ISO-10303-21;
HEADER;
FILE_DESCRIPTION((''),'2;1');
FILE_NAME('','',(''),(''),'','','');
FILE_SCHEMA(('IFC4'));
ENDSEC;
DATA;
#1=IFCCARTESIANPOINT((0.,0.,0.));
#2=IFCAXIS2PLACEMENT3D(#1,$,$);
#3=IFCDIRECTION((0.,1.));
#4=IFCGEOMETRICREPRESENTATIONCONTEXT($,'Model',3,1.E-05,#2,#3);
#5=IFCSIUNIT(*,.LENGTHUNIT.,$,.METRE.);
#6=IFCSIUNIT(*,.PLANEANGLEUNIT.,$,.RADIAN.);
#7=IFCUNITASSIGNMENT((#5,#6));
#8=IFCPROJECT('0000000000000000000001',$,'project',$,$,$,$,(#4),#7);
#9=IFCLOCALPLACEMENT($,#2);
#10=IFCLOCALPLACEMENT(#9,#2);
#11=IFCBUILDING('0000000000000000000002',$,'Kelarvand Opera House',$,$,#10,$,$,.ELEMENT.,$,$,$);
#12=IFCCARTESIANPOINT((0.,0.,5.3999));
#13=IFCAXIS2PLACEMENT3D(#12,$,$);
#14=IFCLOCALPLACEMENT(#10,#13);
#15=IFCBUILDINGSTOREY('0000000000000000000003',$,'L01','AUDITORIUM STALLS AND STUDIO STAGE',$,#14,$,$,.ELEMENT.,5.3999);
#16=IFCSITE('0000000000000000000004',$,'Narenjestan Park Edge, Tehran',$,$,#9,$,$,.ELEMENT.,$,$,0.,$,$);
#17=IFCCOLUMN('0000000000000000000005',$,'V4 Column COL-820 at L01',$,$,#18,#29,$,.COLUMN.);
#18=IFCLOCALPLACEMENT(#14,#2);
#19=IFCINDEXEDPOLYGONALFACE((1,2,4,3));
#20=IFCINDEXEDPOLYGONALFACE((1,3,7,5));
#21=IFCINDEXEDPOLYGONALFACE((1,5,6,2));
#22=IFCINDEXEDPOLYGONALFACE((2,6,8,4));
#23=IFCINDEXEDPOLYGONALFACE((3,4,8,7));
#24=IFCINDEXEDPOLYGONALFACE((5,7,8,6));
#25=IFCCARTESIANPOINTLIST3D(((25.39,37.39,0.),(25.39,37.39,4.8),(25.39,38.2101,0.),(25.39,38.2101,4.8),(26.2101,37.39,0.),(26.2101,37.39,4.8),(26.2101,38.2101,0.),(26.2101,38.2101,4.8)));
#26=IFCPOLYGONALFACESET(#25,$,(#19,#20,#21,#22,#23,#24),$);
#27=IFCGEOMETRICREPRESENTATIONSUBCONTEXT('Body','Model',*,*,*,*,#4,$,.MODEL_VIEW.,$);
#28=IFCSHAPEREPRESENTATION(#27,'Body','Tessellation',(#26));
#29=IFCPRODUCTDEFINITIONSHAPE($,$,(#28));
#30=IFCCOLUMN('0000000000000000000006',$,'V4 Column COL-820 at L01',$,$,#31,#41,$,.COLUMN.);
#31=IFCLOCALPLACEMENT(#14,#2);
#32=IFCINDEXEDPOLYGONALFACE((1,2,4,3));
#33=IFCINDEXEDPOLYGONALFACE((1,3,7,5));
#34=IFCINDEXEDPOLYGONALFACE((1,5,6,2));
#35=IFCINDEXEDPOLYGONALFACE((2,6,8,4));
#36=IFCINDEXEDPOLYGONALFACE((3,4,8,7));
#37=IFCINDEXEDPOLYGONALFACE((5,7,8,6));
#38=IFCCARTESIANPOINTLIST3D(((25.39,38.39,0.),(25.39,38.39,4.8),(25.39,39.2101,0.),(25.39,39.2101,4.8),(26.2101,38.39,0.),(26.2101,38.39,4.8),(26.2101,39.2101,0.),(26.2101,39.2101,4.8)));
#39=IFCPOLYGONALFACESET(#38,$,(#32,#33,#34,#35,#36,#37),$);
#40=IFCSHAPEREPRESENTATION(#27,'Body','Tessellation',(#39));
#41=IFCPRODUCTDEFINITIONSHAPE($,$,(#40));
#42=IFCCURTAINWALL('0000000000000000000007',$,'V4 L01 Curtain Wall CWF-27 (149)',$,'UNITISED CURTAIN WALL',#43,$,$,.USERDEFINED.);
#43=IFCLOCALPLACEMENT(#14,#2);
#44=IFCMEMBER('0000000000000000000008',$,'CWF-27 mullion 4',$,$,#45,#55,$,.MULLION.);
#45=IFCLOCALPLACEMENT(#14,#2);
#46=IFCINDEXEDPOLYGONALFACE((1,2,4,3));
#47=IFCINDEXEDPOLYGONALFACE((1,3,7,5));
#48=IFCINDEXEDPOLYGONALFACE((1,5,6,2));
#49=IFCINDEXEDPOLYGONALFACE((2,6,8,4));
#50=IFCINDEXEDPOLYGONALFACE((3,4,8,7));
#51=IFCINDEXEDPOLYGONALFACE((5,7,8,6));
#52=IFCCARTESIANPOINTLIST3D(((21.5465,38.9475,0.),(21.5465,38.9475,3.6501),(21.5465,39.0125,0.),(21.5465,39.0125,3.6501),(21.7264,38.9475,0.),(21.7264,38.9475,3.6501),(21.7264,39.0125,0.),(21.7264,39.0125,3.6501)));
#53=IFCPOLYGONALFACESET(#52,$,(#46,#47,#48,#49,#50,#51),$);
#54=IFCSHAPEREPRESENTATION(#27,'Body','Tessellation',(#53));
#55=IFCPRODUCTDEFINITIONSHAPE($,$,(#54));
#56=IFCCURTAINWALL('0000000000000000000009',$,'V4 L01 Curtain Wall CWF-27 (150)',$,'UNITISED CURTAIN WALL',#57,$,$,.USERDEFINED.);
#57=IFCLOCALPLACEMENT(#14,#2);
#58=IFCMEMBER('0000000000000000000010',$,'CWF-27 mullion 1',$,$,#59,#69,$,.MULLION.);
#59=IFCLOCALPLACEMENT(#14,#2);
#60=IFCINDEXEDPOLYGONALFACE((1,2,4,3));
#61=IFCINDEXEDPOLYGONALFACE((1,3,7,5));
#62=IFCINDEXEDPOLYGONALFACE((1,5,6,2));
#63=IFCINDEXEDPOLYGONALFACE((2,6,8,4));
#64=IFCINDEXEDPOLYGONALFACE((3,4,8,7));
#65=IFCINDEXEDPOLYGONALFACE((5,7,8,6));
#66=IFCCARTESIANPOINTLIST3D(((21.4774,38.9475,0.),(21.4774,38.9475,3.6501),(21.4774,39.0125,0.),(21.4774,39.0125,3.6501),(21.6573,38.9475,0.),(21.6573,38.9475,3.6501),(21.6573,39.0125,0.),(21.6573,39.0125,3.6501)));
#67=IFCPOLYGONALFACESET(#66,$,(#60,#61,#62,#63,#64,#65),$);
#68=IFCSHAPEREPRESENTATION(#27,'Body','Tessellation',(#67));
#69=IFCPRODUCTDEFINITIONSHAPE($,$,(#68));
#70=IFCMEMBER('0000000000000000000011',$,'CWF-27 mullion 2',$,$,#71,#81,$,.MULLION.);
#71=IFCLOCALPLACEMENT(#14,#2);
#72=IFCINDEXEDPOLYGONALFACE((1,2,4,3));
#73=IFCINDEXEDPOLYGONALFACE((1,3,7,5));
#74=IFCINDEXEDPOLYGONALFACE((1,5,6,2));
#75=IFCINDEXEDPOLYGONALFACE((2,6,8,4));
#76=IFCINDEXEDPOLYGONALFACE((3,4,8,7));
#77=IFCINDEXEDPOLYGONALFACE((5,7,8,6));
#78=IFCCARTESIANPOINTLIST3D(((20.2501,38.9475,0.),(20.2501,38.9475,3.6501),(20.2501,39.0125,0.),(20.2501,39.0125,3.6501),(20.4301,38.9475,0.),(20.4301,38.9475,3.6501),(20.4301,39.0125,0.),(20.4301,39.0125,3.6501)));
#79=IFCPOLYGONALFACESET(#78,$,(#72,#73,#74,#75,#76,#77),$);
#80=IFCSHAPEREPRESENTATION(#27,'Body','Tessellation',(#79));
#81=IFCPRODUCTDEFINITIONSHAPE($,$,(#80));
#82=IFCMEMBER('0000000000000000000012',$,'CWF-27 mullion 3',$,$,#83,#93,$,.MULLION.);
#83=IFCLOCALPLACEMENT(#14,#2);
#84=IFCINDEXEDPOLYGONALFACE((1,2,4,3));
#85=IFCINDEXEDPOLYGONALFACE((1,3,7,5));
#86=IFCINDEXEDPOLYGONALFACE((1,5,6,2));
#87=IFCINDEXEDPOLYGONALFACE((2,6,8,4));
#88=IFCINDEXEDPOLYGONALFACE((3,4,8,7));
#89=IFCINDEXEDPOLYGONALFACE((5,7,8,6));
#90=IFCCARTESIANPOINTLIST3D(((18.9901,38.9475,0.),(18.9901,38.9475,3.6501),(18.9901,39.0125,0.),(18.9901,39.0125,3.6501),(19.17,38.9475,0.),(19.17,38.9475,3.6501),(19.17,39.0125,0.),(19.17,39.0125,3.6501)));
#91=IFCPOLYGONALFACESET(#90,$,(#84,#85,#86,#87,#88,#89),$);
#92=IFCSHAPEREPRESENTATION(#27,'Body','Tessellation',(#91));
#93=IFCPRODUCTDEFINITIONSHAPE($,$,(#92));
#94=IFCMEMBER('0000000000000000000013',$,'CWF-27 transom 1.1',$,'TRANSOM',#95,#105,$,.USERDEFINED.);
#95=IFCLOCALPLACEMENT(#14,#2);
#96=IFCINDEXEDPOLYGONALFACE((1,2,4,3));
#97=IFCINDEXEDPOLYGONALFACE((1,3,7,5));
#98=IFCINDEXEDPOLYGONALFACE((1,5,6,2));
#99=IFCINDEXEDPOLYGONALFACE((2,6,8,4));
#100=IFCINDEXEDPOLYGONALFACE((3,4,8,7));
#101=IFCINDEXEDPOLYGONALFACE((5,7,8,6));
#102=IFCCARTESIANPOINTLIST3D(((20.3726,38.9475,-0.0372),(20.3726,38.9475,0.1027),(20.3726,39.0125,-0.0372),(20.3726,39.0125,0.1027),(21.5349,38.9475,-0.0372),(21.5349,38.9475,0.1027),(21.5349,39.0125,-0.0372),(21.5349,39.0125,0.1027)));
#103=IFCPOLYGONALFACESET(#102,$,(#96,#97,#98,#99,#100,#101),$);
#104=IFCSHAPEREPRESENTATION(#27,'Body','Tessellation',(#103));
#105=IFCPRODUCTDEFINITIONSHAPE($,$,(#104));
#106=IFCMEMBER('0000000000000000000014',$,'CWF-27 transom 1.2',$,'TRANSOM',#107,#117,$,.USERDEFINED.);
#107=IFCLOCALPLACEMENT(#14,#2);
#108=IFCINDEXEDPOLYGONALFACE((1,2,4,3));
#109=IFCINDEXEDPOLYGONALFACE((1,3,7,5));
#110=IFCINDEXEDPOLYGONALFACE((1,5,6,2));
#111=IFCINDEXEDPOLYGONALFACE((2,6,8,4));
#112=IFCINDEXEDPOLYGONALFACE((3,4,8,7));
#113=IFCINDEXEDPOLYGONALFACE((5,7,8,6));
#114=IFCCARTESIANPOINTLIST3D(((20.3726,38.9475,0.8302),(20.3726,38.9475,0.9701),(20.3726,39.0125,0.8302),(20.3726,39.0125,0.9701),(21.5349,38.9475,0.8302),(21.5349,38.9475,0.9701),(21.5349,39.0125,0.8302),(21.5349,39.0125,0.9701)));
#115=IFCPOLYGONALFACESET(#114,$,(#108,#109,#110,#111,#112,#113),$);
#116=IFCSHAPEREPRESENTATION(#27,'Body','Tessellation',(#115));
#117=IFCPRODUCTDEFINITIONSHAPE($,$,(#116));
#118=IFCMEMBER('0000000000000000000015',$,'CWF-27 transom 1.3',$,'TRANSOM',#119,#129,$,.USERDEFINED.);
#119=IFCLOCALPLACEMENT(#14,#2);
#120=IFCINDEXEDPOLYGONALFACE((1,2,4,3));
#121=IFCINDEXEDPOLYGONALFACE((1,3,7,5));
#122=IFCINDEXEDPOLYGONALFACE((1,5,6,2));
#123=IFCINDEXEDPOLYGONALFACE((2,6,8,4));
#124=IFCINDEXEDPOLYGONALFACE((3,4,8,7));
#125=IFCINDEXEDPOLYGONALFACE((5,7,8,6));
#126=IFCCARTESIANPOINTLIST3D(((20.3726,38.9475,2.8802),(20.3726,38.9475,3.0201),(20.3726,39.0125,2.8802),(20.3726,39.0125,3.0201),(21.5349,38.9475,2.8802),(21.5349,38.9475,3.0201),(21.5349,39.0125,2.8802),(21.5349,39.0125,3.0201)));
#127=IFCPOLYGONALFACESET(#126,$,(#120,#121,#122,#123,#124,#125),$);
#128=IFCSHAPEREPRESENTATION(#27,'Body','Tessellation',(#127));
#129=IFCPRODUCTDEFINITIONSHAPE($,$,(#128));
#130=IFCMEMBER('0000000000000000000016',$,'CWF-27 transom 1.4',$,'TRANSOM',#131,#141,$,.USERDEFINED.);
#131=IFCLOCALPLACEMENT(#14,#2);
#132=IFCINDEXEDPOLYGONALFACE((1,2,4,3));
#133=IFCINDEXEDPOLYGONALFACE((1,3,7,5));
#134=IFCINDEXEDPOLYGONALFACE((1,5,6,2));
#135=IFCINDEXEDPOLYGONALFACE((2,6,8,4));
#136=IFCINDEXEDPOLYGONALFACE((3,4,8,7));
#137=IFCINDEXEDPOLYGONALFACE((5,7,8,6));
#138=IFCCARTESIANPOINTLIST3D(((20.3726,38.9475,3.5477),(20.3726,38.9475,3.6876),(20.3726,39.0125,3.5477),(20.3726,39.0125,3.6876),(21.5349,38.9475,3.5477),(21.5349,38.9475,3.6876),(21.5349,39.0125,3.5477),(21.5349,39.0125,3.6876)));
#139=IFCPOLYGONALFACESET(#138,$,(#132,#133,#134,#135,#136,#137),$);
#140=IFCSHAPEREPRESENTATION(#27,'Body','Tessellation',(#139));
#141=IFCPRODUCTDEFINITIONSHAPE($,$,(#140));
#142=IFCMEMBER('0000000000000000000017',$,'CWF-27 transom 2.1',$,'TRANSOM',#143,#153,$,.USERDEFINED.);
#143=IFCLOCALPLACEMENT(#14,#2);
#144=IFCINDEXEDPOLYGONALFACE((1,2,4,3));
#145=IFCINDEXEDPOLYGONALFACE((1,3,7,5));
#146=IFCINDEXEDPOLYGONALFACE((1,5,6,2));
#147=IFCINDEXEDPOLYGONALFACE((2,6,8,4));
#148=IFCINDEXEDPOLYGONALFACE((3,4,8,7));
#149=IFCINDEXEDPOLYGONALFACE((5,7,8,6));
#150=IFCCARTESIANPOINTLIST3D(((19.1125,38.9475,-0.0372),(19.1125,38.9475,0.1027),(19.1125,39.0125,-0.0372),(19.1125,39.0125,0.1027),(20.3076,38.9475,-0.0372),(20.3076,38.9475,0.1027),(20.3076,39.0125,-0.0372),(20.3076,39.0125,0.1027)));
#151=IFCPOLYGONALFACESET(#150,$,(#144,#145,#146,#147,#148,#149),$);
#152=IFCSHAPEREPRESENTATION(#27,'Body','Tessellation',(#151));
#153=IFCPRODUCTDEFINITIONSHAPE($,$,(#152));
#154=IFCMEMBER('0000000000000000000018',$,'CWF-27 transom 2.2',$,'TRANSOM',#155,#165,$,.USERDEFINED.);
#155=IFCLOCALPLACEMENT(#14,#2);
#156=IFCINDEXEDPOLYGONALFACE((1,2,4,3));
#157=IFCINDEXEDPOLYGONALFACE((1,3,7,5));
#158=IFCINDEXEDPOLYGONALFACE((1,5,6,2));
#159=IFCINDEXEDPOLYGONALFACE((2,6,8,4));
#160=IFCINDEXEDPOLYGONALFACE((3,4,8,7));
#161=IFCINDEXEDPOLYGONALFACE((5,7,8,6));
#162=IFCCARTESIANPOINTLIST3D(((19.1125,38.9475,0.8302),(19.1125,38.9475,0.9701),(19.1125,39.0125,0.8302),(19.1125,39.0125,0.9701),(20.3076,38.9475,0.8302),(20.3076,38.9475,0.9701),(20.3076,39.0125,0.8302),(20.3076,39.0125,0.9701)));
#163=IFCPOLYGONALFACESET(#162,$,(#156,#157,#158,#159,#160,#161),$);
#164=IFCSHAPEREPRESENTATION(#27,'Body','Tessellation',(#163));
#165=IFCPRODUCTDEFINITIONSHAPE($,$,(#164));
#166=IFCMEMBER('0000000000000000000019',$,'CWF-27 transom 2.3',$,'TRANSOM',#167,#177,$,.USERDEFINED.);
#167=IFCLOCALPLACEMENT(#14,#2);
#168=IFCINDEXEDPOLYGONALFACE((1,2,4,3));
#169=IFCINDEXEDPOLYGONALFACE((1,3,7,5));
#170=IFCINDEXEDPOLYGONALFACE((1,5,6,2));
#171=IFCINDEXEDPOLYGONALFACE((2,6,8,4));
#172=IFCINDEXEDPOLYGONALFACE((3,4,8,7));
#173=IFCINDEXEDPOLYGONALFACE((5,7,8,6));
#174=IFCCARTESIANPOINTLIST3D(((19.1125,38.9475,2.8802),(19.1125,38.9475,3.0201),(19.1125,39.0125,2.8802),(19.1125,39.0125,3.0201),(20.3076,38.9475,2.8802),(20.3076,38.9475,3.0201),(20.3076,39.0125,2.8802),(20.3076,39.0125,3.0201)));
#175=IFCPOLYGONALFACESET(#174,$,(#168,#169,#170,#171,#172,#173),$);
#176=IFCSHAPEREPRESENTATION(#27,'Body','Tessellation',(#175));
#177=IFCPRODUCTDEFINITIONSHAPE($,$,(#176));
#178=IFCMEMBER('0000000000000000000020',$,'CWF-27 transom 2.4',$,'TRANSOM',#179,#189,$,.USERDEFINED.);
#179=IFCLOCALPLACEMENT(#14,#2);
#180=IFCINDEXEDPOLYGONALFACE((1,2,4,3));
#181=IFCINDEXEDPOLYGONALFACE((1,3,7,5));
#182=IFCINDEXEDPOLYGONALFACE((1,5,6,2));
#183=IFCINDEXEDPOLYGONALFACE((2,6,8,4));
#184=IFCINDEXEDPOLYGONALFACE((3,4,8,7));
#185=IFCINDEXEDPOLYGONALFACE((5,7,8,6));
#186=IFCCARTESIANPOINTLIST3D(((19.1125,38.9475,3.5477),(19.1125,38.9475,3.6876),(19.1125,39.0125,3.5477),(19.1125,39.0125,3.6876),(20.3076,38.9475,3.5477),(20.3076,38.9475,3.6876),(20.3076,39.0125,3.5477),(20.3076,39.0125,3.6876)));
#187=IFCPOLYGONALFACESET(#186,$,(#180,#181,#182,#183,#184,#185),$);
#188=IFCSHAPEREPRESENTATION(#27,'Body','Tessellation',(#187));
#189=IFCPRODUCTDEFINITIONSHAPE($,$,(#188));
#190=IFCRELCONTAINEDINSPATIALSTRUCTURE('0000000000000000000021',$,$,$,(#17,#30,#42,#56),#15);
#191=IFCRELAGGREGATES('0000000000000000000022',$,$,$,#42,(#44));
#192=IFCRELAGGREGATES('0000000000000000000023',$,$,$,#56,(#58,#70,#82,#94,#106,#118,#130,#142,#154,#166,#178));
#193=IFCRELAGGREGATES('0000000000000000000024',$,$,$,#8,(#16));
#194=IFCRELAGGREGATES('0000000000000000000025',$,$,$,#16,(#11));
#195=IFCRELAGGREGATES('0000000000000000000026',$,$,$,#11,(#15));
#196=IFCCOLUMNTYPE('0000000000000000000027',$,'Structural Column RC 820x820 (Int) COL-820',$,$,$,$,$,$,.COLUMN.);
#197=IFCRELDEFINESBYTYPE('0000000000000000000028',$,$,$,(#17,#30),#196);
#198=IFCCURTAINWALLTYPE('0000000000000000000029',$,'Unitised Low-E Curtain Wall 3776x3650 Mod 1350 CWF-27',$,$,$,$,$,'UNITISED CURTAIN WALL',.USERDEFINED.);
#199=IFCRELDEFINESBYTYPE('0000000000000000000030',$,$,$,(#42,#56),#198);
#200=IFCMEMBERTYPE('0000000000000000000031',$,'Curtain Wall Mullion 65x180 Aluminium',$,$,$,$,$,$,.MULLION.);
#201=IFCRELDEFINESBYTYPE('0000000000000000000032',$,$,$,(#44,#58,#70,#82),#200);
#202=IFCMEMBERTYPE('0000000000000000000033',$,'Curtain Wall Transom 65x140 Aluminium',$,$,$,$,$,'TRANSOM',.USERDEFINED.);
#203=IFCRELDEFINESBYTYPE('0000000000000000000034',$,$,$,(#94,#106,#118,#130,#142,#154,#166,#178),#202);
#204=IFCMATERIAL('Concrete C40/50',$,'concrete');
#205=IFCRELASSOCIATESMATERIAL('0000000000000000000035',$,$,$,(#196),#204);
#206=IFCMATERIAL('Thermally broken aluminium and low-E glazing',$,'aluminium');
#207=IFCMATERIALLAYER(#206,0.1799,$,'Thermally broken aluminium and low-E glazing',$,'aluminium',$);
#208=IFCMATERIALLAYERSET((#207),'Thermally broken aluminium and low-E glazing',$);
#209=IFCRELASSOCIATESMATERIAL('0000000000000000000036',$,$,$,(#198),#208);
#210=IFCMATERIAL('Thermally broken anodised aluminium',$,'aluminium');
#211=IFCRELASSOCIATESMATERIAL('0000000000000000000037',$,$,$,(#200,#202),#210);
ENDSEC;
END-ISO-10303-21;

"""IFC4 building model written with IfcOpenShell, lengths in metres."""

from ifc_helpers import new_model, si_unit, direction, frame, origin, origin_2d, place, context, subcontext, project, spatial, rectangle, extrude, material, layer, layer_set, material_profile, profile_set, type_object, element, aggregate, save


model = new_model("IFC4")

# Units and contexts
model_context = context("Model", 3, precision=1e-05, world=origin(), true_north=direction((0.0, 1.0)))
body_context = subcontext(model_context, "Body", "Model", "MODEL_VIEW")
ifc_project = project(units=[si_unit("LENGTHUNIT", "METRE"), si_unit("PLANEANGLEUNIT", "RADIAN")], contexts=[model_context])

# Site, building, storey
site_placement = place(None, origin())
site = spatial("IfcSite", under=ifc_project, at=site_placement, Name="Narenjestan Park Edge, Tehran", CompositionType="ELEMENT", RefElevation=0.0)
building_placement = place(site_placement, origin())
building = spatial("IfcBuilding", under=site, at=building_placement, Name="Kelarvand Opera House", CompositionType="ELEMENT")
storey_placement = place(building_placement, frame((0.0, 0.0, 5.3999)))
storey = spatial("IfcBuildingStorey", under=building, at=storey_placement, Name="L01", Description="AUDITORIUM STALLS AND STUDIO STAGE", CompositionType="ELEMENT", Elevation=5.3999)

# Columns
ifc_material_1 = material(Name="Concrete C40/50", Category="concrete")
ifc_material_profile_1 = material_profile(ifc_material_1, rectangle(XDim=0.8201, YDim=0.8201, at=origin_2d()), Name="RC 820x820", Category="concrete")
ifc_profile_set_1 = profile_set([ifc_material_profile_1], Name="Concrete C40/50")
column_type = type_object("IfcColumnType", Name="Structural Column RC 820x820 (Int) COL-820", PredefinedType="COLUMN", material=ifc_profile_set_1)
for number, where, z_axis, x_axis, name in (
    (1, (25.8, 37.8, 0.0), (0.0, 0.0, 1.0), (1.0, 0.0, 0.0), "V4 Column COL-820 at L01"),
    (2, (25.8, 38.8, 0.0), (0.0, 0.0, 1.0), (1.0, 0.0, 0.0), "V4 Column COL-820 at L01"),
):
    element("IfcColumn", number, at=place(storey_placement, frame(where, z_axis=z_axis, x_axis=x_axis)), inside=storey, type_object=column_type, Name=name, PredefinedType="COLUMN", context=body_context, shape_type="SweptSolid", body=[
        extrude(rectangle(XDim=0.8201, YDim=0.8201, at=origin_2d()), origin(), (0.0, 0.0, 1.0), 4.8),
    ])

# Curtain wall, member
ifc_material_2 = material(Name="Thermally broken aluminium and low-E glazing", Category="aluminium")
ifc_layer_1 = layer(ifc_material_2, 0.1799, Name="Thermally broken aluminium and low-E glazing", Category="aluminium")
ifc_layer_set_1 = layer_set([ifc_layer_1], Name="Thermally broken aluminium and low-E glazing")
curtain_wall_type = type_object("IfcCurtainWallType", Name="Unitised Low-E Curtain Wall 3776x3650 Mod 1350 CWF-27", ElementType="UNITISED CURTAIN WALL", PredefinedType="USERDEFINED", material=ifc_layer_set_1)
curtain_wall_1_placement = place(storey_placement, origin())
curtain_wall_1 = element("IfcCurtainWall", 3, at=curtain_wall_1_placement, inside=storey, type_object=curtain_wall_type, Name="V4 L01 Curtain Wall CWF-27 (149)", ObjectType="UNITISED CURTAIN WALL", PredefinedType="USERDEFINED")
ifc_material_3 = material(Name="Thermally broken anodised aluminium", Category="aluminium")
ifc_material_profile_2 = material_profile(ifc_material_3, rectangle(XDim=0.0649, YDim=0.1799, at=origin_2d()), Name="ALU MULLION 65x180", Category="aluminium")
ifc_profile_set_2 = profile_set([ifc_material_profile_2], Name="Thermally broken anodised aluminium")
member_type_1 = type_object("IfcMemberType", Name="Curtain Wall Mullion 65x180 Aluminium", PredefinedType="MULLION", material=ifc_profile_set_2)
member_1_placement = place(storey_placement, frame((21.6365, 38.98, 0.0), z_axis=(0.0, 0.0, 1.0), x_axis=(0.0, -1.0, 0.0)))
member_1 = element("IfcMember", 4, at=member_1_placement, type_object=member_type_1, Name="CWF-27 mullion 4", PredefinedType="MULLION", context=body_context, shape_type="SweptSolid", body=[
    extrude(rectangle(XDim=0.0649, YDim=0.1799, at=origin_2d()), origin(), (0.0, 0.0, 1.0), 3.6501),
])
aggregate(curtain_wall_1, [member_1])

# Curtain wall, members
curtain_wall_2_placement = place(storey_placement, origin())
curtain_wall_2 = element("IfcCurtainWall", 5, at=curtain_wall_2_placement, inside=storey, type_object=curtain_wall_type, Name="V4 L01 Curtain Wall CWF-27 (150)", ObjectType="UNITISED CURTAIN WALL", PredefinedType="USERDEFINED")
member_2_placement = place(storey_placement, frame((21.5674, 38.98, 0.0), z_axis=(0.0, 0.0, 1.0), x_axis=(0.0, -1.0, 0.0)))
member_2 = element("IfcMember", 6, at=member_2_placement, type_object=member_type_1, Name="CWF-27 mullion 1", PredefinedType="MULLION", context=body_context, shape_type="SweptSolid", body=[
    extrude(rectangle(XDim=0.0649, YDim=0.1799, at=origin_2d()), origin(), (0.0, 0.0, 1.0), 3.6501),
])
member_3_placement = place(storey_placement, frame((20.3401, 38.98, 0.0), z_axis=(0.0, 0.0, 1.0), x_axis=(0.0, -1.0, 0.0)))
member_3 = element("IfcMember", 7, at=member_3_placement, type_object=member_type_1, Name="CWF-27 mullion 2", PredefinedType="MULLION", context=body_context, shape_type="SweptSolid", body=[
    extrude(rectangle(XDim=0.0649, YDim=0.1799, at=origin_2d()), origin(), (0.0, 0.0, 1.0), 3.6501),
])
member_4_placement = place(storey_placement, frame((19.0801, 38.98, 0.0), z_axis=(0.0, 0.0, 1.0), x_axis=(0.0, -1.0, 0.0)))
member_4 = element("IfcMember", 8, at=member_4_placement, type_object=member_type_1, Name="CWF-27 mullion 3", PredefinedType="MULLION", context=body_context, shape_type="SweptSolid", body=[
    extrude(rectangle(XDim=0.0649, YDim=0.1799, at=origin_2d()), origin(), (0.0, 0.0, 1.0), 3.6501),
])
ifc_material_profile_3 = material_profile(ifc_material_3, rectangle(XDim=0.0649, YDim=0.1399, at=origin_2d()), Name="ALU TRANSOM 65x140", Category="aluminium")
ifc_profile_set_3 = profile_set([ifc_material_profile_3], Name="Thermally broken anodised aluminium")
member_type_2 = type_object("IfcMemberType", Name="Curtain Wall Transom 65x140 Aluminium", ElementType="TRANSOM", PredefinedType="USERDEFINED", material=ifc_profile_set_3)
member_5_placement = place(storey_placement, frame((21.5349, 38.98, 0.0327), z_axis=(-1.0, 0.0, 0.0), x_axis=(0.0, -1.0, 0.0)))
member_5 = element("IfcMember", 9, at=member_5_placement, type_object=member_type_2, Name="CWF-27 transom 1.1", ObjectType="TRANSOM", PredefinedType="USERDEFINED", context=body_context, shape_type="SweptSolid", body=[
    extrude(rectangle(XDim=0.0649, YDim=0.1399, at=origin_2d()), origin(), (0.0, 0.0, 1.0), 1.1624),
])
member_6_placement = place(storey_placement, frame((21.5349, 38.98, 0.9001), z_axis=(-1.0, 0.0, 0.0), x_axis=(0.0, -1.0, 0.0)))
member_6 = element("IfcMember", 10, at=member_6_placement, type_object=member_type_2, Name="CWF-27 transom 1.2", ObjectType="TRANSOM", PredefinedType="USERDEFINED", context=body_context, shape_type="SweptSolid", body=[
    extrude(rectangle(XDim=0.0649, YDim=0.1399, at=origin_2d()), origin(), (0.0, 0.0, 1.0), 1.1624),
])
member_7_placement = place(storey_placement, frame((21.5349, 38.98, 2.9502), z_axis=(-1.0, 0.0, 0.0), x_axis=(0.0, -1.0, 0.0)))
member_7 = element("IfcMember", 11, at=member_7_placement, type_object=member_type_2, Name="CWF-27 transom 1.3", ObjectType="TRANSOM", PredefinedType="USERDEFINED", context=body_context, shape_type="SweptSolid", body=[
    extrude(rectangle(XDim=0.0649, YDim=0.1399, at=origin_2d()), origin(), (0.0, 0.0, 1.0), 1.1624),
])
member_8_placement = place(storey_placement, frame((21.5349, 38.98, 3.6177), z_axis=(-1.0, 0.0, 0.0), x_axis=(0.0, -1.0, 0.0)))
member_8 = element("IfcMember", 12, at=member_8_placement, type_object=member_type_2, Name="CWF-27 transom 1.4", ObjectType="TRANSOM", PredefinedType="USERDEFINED", context=body_context, shape_type="SweptSolid", body=[
    extrude(rectangle(XDim=0.0649, YDim=0.1399, at=origin_2d()), origin(), (0.0, 0.0, 1.0), 1.1624),
])
member_9_placement = place(storey_placement, frame((20.3076, 38.98, 0.0327), z_axis=(-1.0, 0.0, 0.0), x_axis=(0.0, -1.0, 0.0)))
member_9 = element("IfcMember", 13, at=member_9_placement, type_object=member_type_2, Name="CWF-27 transom 2.1", ObjectType="TRANSOM", PredefinedType="USERDEFINED", context=body_context, shape_type="SweptSolid", body=[
    extrude(rectangle(XDim=0.0649, YDim=0.1399, at=origin_2d()), origin(), (0.0, 0.0, 1.0), 1.1951),
])
member_10_placement = place(storey_placement, frame((20.3076, 38.98, 0.9001), z_axis=(-1.0, 0.0, 0.0), x_axis=(0.0, -1.0, 0.0)))
member_10 = element("IfcMember", 14, at=member_10_placement, type_object=member_type_2, Name="CWF-27 transom 2.2", ObjectType="TRANSOM", PredefinedType="USERDEFINED", context=body_context, shape_type="SweptSolid", body=[
    extrude(rectangle(XDim=0.0649, YDim=0.1399, at=origin_2d()), origin(), (0.0, 0.0, 1.0), 1.1951),
])
member_11_placement = place(storey_placement, frame((20.3076, 38.98, 2.9502), z_axis=(-1.0, 0.0, 0.0), x_axis=(0.0, -1.0, 0.0)))
member_11 = element("IfcMember", 15, at=member_11_placement, type_object=member_type_2, Name="CWF-27 transom 2.3", ObjectType="TRANSOM", PredefinedType="USERDEFINED", context=body_context, shape_type="SweptSolid", body=[
    extrude(rectangle(XDim=0.0649, YDim=0.1399, at=origin_2d()), origin(), (0.0, 0.0, 1.0), 1.1951),
])
member_12_placement = place(storey_placement, frame((20.3076, 38.98, 3.6177), z_axis=(-1.0, 0.0, 0.0), x_axis=(0.0, -1.0, 0.0)))
member_12 = element("IfcMember", 16, at=member_12_placement, type_object=member_type_2, Name="CWF-27 transom 2.4", ObjectType="TRANSOM", PredefinedType="USERDEFINED", context=body_context, shape_type="SweptSolid", body=[
    extrude(rectangle(XDim=0.0649, YDim=0.1399, at=origin_2d()), origin(), (0.0, 0.0, 1.0), 1.1951),
])

aggregate(curtain_wall_2, [member_2, member_3, member_4, member_5, member_6, member_7, member_8, member_9, member_10, member_11, member_12])

save(model, "model.ifc")
